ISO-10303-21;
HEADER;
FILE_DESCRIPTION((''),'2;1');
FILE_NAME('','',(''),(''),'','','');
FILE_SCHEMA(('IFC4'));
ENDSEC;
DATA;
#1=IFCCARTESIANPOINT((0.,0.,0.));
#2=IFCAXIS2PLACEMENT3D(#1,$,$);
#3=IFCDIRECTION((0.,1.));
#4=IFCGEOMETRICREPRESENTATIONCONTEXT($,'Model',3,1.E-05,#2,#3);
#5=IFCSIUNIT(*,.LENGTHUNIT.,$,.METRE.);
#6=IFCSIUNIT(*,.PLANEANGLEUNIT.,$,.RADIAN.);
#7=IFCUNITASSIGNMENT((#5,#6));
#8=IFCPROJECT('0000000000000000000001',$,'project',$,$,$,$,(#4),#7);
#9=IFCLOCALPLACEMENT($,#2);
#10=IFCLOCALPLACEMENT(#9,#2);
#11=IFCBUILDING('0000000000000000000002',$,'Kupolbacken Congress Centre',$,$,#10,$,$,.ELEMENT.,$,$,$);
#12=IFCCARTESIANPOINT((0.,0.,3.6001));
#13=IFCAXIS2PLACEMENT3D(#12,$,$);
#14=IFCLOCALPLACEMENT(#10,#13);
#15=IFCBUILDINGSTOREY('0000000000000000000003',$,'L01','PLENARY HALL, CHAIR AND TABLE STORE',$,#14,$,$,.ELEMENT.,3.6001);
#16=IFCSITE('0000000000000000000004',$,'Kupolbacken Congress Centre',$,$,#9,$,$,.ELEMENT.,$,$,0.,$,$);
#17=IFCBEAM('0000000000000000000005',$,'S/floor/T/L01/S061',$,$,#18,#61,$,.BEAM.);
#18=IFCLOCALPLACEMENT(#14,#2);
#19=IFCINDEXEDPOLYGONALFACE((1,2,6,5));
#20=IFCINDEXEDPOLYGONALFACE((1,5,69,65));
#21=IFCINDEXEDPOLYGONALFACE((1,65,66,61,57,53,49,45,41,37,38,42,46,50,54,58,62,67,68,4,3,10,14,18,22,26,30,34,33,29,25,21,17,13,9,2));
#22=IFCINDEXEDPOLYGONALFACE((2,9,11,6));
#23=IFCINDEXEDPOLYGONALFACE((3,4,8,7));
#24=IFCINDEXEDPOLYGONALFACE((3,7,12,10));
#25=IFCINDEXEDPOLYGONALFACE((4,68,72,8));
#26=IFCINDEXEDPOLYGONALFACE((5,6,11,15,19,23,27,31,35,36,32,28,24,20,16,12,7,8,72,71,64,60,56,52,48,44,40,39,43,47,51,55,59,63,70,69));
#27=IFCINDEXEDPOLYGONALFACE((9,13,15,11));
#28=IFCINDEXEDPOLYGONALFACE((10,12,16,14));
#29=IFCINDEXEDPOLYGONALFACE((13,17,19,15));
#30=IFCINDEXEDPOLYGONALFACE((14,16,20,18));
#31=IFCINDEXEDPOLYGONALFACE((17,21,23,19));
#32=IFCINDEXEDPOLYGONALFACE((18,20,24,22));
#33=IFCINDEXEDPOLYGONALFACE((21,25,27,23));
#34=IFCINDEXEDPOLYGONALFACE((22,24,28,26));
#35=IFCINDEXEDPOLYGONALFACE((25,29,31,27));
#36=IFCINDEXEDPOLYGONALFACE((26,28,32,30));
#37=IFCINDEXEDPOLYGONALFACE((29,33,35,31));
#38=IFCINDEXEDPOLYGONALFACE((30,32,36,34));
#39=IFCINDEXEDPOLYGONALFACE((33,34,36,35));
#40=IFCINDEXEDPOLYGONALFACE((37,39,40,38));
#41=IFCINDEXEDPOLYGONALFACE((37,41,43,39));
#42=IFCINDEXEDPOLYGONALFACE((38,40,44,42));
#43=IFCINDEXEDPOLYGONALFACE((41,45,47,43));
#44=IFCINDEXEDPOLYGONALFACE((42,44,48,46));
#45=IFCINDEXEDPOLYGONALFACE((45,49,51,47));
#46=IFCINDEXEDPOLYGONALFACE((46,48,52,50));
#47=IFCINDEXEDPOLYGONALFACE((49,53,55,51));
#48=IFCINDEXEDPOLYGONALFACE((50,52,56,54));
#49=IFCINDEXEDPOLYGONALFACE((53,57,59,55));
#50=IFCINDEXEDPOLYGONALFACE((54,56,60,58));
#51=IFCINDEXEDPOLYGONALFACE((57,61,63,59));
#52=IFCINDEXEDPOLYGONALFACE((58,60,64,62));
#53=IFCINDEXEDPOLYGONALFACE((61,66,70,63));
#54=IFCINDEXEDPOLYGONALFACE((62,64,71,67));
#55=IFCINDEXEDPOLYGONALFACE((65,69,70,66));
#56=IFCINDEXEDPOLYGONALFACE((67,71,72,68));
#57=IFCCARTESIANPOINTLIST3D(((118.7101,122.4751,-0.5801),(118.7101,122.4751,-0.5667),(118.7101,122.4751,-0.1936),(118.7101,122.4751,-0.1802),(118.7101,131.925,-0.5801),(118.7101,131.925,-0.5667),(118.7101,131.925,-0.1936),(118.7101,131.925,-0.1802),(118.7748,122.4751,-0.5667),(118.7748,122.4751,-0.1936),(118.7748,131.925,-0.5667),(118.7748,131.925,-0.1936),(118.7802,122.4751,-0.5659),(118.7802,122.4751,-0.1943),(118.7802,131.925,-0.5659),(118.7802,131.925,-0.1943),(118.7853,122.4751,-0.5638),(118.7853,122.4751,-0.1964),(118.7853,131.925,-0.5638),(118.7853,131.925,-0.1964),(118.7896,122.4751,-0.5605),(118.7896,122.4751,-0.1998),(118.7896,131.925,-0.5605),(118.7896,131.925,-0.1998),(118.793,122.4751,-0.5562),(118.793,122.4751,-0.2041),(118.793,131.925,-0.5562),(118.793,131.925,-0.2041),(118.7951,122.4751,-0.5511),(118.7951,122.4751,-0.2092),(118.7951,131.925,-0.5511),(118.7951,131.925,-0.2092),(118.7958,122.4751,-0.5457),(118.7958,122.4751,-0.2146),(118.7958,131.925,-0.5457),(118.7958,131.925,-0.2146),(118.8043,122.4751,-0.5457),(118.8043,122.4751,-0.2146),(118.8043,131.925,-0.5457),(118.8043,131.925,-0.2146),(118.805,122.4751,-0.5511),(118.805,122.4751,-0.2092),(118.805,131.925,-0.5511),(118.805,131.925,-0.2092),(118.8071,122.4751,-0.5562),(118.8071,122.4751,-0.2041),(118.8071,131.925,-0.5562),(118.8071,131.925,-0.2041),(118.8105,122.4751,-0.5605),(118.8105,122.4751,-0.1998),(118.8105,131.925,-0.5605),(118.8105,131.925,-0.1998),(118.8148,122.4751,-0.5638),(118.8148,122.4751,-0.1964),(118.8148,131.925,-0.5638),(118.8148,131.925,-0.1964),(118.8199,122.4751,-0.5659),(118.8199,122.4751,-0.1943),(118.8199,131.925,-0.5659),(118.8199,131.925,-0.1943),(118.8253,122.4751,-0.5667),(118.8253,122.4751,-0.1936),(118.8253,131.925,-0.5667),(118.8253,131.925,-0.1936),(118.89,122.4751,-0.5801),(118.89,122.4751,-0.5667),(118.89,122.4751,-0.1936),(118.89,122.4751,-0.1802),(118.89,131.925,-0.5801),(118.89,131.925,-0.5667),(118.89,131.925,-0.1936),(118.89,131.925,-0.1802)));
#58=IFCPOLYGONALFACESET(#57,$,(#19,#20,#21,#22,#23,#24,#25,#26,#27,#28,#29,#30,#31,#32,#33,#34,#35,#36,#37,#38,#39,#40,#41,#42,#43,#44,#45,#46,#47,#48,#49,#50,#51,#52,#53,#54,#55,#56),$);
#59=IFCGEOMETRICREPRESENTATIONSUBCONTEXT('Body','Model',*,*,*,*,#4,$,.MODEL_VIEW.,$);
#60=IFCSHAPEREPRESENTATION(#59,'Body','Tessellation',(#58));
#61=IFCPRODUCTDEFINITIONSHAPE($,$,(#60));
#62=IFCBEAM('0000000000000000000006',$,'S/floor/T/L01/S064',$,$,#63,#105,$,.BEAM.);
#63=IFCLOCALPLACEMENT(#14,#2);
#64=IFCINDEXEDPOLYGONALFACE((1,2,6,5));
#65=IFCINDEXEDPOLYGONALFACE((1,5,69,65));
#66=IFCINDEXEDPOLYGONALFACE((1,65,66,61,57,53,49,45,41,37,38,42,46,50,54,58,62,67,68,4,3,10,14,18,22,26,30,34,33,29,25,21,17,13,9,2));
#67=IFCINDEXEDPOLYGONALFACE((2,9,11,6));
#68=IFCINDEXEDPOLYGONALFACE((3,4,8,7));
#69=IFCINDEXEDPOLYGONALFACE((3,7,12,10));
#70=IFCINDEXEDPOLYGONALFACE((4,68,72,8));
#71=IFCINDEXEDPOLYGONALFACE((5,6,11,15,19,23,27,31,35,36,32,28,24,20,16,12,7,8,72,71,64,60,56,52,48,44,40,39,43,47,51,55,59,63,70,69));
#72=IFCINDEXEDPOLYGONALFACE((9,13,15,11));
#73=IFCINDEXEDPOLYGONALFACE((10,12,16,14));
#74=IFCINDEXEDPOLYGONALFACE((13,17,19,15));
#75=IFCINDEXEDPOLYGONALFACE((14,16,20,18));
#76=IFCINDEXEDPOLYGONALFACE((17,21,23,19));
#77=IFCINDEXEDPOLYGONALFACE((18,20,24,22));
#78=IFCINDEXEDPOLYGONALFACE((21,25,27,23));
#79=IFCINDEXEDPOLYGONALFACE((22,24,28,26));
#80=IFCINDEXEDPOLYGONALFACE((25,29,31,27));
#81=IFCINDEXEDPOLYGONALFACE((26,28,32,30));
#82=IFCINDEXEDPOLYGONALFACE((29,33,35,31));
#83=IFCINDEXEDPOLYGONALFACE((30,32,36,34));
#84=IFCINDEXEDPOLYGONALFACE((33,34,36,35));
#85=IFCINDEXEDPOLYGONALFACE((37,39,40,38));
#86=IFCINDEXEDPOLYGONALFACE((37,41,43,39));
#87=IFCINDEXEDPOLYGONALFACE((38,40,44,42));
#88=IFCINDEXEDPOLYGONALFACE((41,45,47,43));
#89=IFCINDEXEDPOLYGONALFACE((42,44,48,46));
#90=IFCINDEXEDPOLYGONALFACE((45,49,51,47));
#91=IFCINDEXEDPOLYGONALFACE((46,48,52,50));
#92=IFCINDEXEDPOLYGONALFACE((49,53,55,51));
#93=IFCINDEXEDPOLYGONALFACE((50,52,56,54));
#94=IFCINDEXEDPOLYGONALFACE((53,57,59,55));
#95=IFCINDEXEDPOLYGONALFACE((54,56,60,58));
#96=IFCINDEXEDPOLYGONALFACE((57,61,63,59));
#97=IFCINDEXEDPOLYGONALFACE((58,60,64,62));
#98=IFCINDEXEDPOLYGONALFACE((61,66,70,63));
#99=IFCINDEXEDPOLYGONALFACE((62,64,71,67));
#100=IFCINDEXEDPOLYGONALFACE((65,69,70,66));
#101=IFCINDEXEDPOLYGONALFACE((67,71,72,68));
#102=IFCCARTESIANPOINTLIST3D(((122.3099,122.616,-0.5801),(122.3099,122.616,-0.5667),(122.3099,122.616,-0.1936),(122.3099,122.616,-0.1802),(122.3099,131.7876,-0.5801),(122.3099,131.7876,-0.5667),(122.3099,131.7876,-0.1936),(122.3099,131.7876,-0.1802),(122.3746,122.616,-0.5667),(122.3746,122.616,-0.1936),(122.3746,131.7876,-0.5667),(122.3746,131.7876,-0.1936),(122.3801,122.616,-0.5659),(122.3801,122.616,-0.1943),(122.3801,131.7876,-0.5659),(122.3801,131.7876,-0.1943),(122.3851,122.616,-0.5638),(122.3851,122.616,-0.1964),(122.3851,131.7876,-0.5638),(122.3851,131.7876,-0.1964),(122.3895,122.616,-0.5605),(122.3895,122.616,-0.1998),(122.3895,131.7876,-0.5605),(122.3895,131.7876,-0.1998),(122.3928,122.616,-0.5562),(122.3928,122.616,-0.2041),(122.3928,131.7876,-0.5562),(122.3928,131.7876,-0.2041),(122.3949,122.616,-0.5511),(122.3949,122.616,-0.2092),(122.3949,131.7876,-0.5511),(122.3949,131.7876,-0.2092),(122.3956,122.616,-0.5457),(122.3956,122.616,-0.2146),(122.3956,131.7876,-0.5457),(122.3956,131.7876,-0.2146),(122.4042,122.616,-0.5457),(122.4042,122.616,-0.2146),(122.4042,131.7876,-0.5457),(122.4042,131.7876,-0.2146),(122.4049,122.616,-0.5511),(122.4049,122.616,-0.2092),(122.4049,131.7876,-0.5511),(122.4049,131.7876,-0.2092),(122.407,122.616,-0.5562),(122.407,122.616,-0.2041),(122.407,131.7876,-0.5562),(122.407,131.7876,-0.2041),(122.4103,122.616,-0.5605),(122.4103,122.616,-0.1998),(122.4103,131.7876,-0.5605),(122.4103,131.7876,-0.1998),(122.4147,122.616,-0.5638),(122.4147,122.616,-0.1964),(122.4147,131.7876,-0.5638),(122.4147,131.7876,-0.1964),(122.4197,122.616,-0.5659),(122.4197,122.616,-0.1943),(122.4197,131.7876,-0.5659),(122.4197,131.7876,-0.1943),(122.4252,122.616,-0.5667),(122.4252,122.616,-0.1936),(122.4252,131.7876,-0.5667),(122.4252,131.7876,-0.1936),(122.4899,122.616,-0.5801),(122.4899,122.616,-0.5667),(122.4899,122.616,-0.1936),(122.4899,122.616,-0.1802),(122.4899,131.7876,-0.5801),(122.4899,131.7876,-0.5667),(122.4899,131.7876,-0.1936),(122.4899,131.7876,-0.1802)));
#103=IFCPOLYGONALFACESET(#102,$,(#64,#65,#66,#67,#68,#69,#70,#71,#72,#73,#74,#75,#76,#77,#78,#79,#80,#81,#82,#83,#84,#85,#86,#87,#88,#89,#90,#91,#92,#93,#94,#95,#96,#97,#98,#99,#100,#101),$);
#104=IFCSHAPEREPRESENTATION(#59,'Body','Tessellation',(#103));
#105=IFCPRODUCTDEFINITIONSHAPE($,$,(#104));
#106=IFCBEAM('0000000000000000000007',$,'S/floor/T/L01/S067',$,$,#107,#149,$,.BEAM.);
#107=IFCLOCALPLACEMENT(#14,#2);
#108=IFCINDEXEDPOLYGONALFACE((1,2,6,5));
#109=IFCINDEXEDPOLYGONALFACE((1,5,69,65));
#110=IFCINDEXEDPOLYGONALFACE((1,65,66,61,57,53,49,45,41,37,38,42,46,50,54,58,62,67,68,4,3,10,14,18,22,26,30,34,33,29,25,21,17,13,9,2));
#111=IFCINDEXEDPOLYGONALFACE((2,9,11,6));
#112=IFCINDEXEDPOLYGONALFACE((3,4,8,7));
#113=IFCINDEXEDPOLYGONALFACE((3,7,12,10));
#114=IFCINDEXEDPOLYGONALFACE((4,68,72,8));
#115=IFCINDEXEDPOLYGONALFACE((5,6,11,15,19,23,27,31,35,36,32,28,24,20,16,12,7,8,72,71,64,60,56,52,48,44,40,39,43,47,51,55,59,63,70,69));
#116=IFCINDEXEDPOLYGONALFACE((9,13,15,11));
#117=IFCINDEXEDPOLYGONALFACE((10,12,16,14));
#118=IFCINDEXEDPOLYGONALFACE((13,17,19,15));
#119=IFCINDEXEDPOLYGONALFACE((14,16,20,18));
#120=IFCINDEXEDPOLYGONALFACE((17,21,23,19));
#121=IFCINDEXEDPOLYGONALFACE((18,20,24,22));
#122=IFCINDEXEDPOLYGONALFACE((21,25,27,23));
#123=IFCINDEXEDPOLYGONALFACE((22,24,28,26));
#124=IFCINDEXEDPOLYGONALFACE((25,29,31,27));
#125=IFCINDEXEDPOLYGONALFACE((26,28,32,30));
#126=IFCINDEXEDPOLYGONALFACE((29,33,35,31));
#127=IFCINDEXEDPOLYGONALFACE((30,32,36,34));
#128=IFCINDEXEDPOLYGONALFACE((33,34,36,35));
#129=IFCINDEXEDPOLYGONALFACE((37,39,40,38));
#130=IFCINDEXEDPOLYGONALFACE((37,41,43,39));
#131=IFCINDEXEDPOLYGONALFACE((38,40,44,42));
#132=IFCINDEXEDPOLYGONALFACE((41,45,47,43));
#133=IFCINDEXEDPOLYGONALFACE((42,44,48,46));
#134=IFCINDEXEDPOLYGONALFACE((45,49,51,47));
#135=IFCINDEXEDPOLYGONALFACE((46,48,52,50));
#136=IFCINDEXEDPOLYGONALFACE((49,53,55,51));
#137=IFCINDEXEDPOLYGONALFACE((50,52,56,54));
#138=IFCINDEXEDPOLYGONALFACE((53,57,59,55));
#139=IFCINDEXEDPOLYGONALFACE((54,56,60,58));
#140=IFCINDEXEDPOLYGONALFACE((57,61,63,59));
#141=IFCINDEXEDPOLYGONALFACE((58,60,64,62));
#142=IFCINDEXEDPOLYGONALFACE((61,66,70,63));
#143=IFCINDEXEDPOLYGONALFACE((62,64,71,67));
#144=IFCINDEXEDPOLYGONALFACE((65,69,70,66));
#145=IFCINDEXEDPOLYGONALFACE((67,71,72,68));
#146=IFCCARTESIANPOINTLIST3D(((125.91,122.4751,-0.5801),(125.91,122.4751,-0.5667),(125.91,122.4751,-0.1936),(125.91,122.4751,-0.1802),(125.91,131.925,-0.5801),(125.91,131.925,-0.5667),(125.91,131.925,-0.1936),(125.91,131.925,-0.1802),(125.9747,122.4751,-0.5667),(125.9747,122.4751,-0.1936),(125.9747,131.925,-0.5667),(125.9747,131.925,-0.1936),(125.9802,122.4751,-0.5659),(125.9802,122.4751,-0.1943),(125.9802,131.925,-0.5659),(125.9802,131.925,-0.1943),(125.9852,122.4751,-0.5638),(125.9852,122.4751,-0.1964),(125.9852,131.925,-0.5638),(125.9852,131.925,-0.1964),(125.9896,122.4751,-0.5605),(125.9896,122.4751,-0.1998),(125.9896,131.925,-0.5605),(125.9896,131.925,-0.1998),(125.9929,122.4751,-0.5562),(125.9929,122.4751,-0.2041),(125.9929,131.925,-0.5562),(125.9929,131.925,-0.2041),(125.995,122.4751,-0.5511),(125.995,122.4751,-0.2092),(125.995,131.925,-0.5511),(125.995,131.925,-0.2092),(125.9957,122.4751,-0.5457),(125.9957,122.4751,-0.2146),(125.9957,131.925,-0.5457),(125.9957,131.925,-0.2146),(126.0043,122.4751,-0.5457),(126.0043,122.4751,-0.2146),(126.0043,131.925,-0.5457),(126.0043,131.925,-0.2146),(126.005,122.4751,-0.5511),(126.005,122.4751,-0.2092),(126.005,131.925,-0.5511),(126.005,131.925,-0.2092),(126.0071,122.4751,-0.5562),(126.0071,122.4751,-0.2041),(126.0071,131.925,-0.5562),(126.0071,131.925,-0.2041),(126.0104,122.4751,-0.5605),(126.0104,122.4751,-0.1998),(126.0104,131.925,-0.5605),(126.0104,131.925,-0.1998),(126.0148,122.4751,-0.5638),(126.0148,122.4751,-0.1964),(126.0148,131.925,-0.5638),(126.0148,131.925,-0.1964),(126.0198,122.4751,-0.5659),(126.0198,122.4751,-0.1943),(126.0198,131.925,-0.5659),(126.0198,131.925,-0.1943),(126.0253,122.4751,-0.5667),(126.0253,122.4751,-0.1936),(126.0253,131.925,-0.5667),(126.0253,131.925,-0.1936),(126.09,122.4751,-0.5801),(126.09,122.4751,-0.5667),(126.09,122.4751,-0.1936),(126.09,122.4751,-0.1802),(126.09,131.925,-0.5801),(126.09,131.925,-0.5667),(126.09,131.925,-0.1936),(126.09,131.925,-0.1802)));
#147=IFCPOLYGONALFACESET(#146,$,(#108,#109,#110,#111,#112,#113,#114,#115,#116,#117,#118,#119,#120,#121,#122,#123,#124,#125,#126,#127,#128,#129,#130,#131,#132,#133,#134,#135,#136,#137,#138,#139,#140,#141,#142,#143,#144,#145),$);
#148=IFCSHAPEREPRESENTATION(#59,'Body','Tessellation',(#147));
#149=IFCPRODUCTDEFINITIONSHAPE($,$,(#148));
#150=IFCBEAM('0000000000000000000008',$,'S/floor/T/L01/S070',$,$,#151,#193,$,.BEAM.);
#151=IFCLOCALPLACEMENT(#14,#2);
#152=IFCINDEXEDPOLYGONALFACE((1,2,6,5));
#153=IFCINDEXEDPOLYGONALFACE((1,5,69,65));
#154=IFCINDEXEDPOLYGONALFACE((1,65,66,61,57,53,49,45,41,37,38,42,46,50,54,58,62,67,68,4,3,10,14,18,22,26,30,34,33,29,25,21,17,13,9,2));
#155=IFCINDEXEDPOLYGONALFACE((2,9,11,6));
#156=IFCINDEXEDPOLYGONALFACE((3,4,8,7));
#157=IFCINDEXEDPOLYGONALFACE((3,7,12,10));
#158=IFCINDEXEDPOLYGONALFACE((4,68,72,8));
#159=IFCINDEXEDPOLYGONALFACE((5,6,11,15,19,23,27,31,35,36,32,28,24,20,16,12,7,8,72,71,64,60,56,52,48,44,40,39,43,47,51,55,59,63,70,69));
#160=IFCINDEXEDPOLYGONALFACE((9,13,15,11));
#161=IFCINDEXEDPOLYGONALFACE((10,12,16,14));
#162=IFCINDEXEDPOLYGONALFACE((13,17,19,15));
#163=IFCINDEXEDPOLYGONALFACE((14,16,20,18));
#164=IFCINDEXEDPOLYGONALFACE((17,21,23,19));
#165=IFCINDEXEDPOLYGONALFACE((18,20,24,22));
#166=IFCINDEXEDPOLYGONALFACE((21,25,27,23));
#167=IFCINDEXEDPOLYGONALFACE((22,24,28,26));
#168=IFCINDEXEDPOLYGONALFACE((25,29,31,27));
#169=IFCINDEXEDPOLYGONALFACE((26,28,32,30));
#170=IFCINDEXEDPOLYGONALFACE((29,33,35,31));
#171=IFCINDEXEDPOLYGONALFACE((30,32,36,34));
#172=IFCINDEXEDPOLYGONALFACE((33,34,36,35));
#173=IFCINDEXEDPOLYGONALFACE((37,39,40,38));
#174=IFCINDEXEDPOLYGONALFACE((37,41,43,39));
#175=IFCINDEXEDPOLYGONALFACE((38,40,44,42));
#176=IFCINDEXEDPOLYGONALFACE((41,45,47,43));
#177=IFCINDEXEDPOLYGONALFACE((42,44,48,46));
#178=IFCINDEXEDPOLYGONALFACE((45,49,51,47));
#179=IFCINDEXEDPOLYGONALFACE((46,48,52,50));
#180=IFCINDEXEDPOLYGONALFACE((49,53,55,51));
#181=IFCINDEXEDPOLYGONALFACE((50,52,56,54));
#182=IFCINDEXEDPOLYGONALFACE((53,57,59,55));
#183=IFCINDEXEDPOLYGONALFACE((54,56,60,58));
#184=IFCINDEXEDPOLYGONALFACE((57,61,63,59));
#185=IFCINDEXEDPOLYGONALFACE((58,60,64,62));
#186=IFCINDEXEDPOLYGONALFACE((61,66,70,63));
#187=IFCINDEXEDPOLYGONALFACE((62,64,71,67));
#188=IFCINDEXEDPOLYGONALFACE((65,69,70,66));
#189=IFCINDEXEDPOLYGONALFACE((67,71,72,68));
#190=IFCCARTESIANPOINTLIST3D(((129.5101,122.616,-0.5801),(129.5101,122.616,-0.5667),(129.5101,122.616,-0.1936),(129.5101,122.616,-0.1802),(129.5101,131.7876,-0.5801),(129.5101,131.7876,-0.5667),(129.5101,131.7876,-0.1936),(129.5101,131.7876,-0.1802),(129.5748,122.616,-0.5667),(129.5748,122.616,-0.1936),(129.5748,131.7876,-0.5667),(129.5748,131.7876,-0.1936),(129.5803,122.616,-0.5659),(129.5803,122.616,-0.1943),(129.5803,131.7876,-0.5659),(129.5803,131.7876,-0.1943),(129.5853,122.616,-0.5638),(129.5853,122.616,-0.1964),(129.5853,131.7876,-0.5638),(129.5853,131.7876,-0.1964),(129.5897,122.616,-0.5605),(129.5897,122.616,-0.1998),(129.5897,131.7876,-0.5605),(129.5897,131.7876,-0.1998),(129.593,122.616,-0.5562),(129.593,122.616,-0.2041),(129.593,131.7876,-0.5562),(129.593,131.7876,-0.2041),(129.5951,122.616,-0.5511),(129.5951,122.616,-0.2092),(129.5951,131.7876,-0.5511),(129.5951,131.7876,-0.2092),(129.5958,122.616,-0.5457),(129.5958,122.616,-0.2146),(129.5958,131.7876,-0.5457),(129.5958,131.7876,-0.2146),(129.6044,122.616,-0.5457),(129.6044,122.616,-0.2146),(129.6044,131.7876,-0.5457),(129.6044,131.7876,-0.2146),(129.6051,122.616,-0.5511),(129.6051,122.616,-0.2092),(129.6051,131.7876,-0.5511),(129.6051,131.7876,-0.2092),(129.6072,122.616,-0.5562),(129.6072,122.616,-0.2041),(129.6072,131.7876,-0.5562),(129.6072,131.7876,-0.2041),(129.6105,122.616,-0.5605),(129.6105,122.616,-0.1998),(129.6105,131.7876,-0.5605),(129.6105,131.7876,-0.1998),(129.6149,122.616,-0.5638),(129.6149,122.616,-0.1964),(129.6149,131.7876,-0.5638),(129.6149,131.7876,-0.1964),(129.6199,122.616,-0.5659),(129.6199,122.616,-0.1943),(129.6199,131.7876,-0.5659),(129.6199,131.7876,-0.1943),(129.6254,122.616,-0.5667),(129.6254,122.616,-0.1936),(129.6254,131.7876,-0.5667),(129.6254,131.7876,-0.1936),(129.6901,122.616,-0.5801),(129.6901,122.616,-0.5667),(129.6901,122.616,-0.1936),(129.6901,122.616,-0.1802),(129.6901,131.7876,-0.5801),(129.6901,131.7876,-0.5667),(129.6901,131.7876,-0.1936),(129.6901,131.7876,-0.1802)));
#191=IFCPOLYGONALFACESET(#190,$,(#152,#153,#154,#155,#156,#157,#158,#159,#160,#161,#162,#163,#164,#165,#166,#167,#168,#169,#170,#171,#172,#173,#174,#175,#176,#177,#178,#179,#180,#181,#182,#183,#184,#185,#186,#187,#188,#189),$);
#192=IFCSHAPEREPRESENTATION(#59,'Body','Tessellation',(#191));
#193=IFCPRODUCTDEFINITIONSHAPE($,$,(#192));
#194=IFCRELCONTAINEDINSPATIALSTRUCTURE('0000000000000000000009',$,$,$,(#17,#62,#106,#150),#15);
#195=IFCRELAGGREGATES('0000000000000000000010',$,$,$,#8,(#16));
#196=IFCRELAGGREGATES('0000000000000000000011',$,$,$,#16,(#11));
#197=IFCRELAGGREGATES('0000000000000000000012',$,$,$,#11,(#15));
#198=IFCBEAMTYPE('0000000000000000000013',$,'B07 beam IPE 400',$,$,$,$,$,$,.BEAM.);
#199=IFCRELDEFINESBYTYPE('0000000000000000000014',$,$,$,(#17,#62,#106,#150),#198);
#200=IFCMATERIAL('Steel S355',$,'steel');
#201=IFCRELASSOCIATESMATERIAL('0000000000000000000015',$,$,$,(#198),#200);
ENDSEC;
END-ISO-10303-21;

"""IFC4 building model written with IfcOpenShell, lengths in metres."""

from ifc_helpers import new_model, si_unit, direction, frame, origin, origin_2d, place, context, subcontext, project, spatial, i_section, extrude, material, material_profile, profile_set, type_object, element, save


model = new_model("IFC4")

# Units and contexts
model_context = context("Model", 3, precision=1e-05, world=origin(), true_north=direction((0.0, 1.0)))
body_context = subcontext(model_context, "Body", "Model", "MODEL_VIEW")
ifc_project = project(units=[si_unit("LENGTHUNIT", "METRE"), si_unit("PLANEANGLEUNIT", "RADIAN")], contexts=[model_context])

# Site, building, storey
site_placement = place(None, origin())
site = spatial("IfcSite", under=ifc_project, at=site_placement, Name="Kupolbacken Congress Centre", CompositionType="ELEMENT", RefElevation=0.0)
building_placement = place(site_placement, origin())
building = spatial("IfcBuilding", under=site, at=building_placement, Name="Kupolbacken Congress Centre", CompositionType="ELEMENT")
storey_placement = place(building_placement, frame((0.0, 0.0, 3.6001)))
storey = spatial("IfcBuildingStorey", under=building, at=storey_placement, Name="L01", Description="PLENARY HALL, CHAIR AND TABLE STORE", CompositionType="ELEMENT", Elevation=3.6001)

# Beams
ifc_material_1 = material(Name="Steel S355", Category="steel")
ifc_material_profile_1 = material_profile(ifc_material_1, i_section(OverallWidth=0.1799, OverallDepth=0.3999, WebThickness=0.0085, FlangeThickness=0.0134, FilletRadius=0.021, at=origin_2d()), Name="IPE 400")
ifc_profile_set_1 = profile_set([ifc_material_profile_1], Name="Steel S355")
beam_type_1 = type_object("IfcBeamType", Name="B07 beam IPE 400", PredefinedType="BEAM", material=ifc_profile_set_1)
beam_1_placement = place(storey_placement, frame((118.8, 122.4751, -0.3801), z_axis=(0.0, 1.0, 0.0), x_axis=(-1.0, 0.0, 0.0)))
element("IfcBeam", 1, at=beam_1_placement, inside=storey, type_object=beam_type_1, Name="S/floor/T/L01/S061", PredefinedType="BEAM", context=body_context, shape_type="SweptSolid", body=[
    extrude(i_section(OverallWidth=0.1799, OverallDepth=0.3999, WebThickness=0.0085, FlangeThickness=0.0134, FilletRadius=0.021, at=origin_2d()), origin(), (0.0, 0.0, 1.0), 9.45),
])
beam_2_placement = place(storey_placement, frame((122.3999, 122.616, -0.3801), z_axis=(0.0, 1.0, 0.0), x_axis=(-1.0, 0.0, 0.0)))
element("IfcBeam", 2, at=beam_2_placement, inside=storey, type_object=beam_type_1, Name="S/floor/T/L01/S064", PredefinedType="BEAM", context=body_context, shape_type="SweptSolid", body=[
    extrude(i_section(OverallWidth=0.1799, OverallDepth=0.3999, WebThickness=0.0085, FlangeThickness=0.0134, FilletRadius=0.021, at=origin_2d()), origin(), (0.0, 0.0, 1.0), 9.1716),
])
beam_3_placement = place(storey_placement, frame((126.0, 122.4751, -0.3801), z_axis=(0.0, 1.0, 0.0), x_axis=(-1.0, 0.0, 0.0)))
element("IfcBeam", 3, at=beam_3_placement, inside=storey, type_object=beam_type_1, Name="S/floor/T/L01/S067", PredefinedType="BEAM", context=body_context, shape_type="SweptSolid", body=[
    extrude(i_section(OverallWidth=0.1799, OverallDepth=0.3999, WebThickness=0.0085, FlangeThickness=0.0134, FilletRadius=0.021, at=origin_2d()), origin(), (0.0, 0.0, 1.0), 9.45),
])
beam_4_placement = place(storey_placement, frame((129.6001, 122.616, -0.3801), z_axis=(0.0, 1.0, 0.0), x_axis=(-1.0, 0.0, 0.0)))
element("IfcBeam", 4, at=beam_4_placement, inside=storey, type_object=beam_type_1, Name="S/floor/T/L01/S070", PredefinedType="BEAM", context=body_context, shape_type="SweptSolid", body=[
    extrude(i_section(OverallWidth=0.1799, OverallDepth=0.3999, WebThickness=0.0085, FlangeThickness=0.0134, FilletRadius=0.021, at=origin_2d()), origin(), (0.0, 0.0, 1.0), 9.1716),
])

save(model, "model.ifc")
